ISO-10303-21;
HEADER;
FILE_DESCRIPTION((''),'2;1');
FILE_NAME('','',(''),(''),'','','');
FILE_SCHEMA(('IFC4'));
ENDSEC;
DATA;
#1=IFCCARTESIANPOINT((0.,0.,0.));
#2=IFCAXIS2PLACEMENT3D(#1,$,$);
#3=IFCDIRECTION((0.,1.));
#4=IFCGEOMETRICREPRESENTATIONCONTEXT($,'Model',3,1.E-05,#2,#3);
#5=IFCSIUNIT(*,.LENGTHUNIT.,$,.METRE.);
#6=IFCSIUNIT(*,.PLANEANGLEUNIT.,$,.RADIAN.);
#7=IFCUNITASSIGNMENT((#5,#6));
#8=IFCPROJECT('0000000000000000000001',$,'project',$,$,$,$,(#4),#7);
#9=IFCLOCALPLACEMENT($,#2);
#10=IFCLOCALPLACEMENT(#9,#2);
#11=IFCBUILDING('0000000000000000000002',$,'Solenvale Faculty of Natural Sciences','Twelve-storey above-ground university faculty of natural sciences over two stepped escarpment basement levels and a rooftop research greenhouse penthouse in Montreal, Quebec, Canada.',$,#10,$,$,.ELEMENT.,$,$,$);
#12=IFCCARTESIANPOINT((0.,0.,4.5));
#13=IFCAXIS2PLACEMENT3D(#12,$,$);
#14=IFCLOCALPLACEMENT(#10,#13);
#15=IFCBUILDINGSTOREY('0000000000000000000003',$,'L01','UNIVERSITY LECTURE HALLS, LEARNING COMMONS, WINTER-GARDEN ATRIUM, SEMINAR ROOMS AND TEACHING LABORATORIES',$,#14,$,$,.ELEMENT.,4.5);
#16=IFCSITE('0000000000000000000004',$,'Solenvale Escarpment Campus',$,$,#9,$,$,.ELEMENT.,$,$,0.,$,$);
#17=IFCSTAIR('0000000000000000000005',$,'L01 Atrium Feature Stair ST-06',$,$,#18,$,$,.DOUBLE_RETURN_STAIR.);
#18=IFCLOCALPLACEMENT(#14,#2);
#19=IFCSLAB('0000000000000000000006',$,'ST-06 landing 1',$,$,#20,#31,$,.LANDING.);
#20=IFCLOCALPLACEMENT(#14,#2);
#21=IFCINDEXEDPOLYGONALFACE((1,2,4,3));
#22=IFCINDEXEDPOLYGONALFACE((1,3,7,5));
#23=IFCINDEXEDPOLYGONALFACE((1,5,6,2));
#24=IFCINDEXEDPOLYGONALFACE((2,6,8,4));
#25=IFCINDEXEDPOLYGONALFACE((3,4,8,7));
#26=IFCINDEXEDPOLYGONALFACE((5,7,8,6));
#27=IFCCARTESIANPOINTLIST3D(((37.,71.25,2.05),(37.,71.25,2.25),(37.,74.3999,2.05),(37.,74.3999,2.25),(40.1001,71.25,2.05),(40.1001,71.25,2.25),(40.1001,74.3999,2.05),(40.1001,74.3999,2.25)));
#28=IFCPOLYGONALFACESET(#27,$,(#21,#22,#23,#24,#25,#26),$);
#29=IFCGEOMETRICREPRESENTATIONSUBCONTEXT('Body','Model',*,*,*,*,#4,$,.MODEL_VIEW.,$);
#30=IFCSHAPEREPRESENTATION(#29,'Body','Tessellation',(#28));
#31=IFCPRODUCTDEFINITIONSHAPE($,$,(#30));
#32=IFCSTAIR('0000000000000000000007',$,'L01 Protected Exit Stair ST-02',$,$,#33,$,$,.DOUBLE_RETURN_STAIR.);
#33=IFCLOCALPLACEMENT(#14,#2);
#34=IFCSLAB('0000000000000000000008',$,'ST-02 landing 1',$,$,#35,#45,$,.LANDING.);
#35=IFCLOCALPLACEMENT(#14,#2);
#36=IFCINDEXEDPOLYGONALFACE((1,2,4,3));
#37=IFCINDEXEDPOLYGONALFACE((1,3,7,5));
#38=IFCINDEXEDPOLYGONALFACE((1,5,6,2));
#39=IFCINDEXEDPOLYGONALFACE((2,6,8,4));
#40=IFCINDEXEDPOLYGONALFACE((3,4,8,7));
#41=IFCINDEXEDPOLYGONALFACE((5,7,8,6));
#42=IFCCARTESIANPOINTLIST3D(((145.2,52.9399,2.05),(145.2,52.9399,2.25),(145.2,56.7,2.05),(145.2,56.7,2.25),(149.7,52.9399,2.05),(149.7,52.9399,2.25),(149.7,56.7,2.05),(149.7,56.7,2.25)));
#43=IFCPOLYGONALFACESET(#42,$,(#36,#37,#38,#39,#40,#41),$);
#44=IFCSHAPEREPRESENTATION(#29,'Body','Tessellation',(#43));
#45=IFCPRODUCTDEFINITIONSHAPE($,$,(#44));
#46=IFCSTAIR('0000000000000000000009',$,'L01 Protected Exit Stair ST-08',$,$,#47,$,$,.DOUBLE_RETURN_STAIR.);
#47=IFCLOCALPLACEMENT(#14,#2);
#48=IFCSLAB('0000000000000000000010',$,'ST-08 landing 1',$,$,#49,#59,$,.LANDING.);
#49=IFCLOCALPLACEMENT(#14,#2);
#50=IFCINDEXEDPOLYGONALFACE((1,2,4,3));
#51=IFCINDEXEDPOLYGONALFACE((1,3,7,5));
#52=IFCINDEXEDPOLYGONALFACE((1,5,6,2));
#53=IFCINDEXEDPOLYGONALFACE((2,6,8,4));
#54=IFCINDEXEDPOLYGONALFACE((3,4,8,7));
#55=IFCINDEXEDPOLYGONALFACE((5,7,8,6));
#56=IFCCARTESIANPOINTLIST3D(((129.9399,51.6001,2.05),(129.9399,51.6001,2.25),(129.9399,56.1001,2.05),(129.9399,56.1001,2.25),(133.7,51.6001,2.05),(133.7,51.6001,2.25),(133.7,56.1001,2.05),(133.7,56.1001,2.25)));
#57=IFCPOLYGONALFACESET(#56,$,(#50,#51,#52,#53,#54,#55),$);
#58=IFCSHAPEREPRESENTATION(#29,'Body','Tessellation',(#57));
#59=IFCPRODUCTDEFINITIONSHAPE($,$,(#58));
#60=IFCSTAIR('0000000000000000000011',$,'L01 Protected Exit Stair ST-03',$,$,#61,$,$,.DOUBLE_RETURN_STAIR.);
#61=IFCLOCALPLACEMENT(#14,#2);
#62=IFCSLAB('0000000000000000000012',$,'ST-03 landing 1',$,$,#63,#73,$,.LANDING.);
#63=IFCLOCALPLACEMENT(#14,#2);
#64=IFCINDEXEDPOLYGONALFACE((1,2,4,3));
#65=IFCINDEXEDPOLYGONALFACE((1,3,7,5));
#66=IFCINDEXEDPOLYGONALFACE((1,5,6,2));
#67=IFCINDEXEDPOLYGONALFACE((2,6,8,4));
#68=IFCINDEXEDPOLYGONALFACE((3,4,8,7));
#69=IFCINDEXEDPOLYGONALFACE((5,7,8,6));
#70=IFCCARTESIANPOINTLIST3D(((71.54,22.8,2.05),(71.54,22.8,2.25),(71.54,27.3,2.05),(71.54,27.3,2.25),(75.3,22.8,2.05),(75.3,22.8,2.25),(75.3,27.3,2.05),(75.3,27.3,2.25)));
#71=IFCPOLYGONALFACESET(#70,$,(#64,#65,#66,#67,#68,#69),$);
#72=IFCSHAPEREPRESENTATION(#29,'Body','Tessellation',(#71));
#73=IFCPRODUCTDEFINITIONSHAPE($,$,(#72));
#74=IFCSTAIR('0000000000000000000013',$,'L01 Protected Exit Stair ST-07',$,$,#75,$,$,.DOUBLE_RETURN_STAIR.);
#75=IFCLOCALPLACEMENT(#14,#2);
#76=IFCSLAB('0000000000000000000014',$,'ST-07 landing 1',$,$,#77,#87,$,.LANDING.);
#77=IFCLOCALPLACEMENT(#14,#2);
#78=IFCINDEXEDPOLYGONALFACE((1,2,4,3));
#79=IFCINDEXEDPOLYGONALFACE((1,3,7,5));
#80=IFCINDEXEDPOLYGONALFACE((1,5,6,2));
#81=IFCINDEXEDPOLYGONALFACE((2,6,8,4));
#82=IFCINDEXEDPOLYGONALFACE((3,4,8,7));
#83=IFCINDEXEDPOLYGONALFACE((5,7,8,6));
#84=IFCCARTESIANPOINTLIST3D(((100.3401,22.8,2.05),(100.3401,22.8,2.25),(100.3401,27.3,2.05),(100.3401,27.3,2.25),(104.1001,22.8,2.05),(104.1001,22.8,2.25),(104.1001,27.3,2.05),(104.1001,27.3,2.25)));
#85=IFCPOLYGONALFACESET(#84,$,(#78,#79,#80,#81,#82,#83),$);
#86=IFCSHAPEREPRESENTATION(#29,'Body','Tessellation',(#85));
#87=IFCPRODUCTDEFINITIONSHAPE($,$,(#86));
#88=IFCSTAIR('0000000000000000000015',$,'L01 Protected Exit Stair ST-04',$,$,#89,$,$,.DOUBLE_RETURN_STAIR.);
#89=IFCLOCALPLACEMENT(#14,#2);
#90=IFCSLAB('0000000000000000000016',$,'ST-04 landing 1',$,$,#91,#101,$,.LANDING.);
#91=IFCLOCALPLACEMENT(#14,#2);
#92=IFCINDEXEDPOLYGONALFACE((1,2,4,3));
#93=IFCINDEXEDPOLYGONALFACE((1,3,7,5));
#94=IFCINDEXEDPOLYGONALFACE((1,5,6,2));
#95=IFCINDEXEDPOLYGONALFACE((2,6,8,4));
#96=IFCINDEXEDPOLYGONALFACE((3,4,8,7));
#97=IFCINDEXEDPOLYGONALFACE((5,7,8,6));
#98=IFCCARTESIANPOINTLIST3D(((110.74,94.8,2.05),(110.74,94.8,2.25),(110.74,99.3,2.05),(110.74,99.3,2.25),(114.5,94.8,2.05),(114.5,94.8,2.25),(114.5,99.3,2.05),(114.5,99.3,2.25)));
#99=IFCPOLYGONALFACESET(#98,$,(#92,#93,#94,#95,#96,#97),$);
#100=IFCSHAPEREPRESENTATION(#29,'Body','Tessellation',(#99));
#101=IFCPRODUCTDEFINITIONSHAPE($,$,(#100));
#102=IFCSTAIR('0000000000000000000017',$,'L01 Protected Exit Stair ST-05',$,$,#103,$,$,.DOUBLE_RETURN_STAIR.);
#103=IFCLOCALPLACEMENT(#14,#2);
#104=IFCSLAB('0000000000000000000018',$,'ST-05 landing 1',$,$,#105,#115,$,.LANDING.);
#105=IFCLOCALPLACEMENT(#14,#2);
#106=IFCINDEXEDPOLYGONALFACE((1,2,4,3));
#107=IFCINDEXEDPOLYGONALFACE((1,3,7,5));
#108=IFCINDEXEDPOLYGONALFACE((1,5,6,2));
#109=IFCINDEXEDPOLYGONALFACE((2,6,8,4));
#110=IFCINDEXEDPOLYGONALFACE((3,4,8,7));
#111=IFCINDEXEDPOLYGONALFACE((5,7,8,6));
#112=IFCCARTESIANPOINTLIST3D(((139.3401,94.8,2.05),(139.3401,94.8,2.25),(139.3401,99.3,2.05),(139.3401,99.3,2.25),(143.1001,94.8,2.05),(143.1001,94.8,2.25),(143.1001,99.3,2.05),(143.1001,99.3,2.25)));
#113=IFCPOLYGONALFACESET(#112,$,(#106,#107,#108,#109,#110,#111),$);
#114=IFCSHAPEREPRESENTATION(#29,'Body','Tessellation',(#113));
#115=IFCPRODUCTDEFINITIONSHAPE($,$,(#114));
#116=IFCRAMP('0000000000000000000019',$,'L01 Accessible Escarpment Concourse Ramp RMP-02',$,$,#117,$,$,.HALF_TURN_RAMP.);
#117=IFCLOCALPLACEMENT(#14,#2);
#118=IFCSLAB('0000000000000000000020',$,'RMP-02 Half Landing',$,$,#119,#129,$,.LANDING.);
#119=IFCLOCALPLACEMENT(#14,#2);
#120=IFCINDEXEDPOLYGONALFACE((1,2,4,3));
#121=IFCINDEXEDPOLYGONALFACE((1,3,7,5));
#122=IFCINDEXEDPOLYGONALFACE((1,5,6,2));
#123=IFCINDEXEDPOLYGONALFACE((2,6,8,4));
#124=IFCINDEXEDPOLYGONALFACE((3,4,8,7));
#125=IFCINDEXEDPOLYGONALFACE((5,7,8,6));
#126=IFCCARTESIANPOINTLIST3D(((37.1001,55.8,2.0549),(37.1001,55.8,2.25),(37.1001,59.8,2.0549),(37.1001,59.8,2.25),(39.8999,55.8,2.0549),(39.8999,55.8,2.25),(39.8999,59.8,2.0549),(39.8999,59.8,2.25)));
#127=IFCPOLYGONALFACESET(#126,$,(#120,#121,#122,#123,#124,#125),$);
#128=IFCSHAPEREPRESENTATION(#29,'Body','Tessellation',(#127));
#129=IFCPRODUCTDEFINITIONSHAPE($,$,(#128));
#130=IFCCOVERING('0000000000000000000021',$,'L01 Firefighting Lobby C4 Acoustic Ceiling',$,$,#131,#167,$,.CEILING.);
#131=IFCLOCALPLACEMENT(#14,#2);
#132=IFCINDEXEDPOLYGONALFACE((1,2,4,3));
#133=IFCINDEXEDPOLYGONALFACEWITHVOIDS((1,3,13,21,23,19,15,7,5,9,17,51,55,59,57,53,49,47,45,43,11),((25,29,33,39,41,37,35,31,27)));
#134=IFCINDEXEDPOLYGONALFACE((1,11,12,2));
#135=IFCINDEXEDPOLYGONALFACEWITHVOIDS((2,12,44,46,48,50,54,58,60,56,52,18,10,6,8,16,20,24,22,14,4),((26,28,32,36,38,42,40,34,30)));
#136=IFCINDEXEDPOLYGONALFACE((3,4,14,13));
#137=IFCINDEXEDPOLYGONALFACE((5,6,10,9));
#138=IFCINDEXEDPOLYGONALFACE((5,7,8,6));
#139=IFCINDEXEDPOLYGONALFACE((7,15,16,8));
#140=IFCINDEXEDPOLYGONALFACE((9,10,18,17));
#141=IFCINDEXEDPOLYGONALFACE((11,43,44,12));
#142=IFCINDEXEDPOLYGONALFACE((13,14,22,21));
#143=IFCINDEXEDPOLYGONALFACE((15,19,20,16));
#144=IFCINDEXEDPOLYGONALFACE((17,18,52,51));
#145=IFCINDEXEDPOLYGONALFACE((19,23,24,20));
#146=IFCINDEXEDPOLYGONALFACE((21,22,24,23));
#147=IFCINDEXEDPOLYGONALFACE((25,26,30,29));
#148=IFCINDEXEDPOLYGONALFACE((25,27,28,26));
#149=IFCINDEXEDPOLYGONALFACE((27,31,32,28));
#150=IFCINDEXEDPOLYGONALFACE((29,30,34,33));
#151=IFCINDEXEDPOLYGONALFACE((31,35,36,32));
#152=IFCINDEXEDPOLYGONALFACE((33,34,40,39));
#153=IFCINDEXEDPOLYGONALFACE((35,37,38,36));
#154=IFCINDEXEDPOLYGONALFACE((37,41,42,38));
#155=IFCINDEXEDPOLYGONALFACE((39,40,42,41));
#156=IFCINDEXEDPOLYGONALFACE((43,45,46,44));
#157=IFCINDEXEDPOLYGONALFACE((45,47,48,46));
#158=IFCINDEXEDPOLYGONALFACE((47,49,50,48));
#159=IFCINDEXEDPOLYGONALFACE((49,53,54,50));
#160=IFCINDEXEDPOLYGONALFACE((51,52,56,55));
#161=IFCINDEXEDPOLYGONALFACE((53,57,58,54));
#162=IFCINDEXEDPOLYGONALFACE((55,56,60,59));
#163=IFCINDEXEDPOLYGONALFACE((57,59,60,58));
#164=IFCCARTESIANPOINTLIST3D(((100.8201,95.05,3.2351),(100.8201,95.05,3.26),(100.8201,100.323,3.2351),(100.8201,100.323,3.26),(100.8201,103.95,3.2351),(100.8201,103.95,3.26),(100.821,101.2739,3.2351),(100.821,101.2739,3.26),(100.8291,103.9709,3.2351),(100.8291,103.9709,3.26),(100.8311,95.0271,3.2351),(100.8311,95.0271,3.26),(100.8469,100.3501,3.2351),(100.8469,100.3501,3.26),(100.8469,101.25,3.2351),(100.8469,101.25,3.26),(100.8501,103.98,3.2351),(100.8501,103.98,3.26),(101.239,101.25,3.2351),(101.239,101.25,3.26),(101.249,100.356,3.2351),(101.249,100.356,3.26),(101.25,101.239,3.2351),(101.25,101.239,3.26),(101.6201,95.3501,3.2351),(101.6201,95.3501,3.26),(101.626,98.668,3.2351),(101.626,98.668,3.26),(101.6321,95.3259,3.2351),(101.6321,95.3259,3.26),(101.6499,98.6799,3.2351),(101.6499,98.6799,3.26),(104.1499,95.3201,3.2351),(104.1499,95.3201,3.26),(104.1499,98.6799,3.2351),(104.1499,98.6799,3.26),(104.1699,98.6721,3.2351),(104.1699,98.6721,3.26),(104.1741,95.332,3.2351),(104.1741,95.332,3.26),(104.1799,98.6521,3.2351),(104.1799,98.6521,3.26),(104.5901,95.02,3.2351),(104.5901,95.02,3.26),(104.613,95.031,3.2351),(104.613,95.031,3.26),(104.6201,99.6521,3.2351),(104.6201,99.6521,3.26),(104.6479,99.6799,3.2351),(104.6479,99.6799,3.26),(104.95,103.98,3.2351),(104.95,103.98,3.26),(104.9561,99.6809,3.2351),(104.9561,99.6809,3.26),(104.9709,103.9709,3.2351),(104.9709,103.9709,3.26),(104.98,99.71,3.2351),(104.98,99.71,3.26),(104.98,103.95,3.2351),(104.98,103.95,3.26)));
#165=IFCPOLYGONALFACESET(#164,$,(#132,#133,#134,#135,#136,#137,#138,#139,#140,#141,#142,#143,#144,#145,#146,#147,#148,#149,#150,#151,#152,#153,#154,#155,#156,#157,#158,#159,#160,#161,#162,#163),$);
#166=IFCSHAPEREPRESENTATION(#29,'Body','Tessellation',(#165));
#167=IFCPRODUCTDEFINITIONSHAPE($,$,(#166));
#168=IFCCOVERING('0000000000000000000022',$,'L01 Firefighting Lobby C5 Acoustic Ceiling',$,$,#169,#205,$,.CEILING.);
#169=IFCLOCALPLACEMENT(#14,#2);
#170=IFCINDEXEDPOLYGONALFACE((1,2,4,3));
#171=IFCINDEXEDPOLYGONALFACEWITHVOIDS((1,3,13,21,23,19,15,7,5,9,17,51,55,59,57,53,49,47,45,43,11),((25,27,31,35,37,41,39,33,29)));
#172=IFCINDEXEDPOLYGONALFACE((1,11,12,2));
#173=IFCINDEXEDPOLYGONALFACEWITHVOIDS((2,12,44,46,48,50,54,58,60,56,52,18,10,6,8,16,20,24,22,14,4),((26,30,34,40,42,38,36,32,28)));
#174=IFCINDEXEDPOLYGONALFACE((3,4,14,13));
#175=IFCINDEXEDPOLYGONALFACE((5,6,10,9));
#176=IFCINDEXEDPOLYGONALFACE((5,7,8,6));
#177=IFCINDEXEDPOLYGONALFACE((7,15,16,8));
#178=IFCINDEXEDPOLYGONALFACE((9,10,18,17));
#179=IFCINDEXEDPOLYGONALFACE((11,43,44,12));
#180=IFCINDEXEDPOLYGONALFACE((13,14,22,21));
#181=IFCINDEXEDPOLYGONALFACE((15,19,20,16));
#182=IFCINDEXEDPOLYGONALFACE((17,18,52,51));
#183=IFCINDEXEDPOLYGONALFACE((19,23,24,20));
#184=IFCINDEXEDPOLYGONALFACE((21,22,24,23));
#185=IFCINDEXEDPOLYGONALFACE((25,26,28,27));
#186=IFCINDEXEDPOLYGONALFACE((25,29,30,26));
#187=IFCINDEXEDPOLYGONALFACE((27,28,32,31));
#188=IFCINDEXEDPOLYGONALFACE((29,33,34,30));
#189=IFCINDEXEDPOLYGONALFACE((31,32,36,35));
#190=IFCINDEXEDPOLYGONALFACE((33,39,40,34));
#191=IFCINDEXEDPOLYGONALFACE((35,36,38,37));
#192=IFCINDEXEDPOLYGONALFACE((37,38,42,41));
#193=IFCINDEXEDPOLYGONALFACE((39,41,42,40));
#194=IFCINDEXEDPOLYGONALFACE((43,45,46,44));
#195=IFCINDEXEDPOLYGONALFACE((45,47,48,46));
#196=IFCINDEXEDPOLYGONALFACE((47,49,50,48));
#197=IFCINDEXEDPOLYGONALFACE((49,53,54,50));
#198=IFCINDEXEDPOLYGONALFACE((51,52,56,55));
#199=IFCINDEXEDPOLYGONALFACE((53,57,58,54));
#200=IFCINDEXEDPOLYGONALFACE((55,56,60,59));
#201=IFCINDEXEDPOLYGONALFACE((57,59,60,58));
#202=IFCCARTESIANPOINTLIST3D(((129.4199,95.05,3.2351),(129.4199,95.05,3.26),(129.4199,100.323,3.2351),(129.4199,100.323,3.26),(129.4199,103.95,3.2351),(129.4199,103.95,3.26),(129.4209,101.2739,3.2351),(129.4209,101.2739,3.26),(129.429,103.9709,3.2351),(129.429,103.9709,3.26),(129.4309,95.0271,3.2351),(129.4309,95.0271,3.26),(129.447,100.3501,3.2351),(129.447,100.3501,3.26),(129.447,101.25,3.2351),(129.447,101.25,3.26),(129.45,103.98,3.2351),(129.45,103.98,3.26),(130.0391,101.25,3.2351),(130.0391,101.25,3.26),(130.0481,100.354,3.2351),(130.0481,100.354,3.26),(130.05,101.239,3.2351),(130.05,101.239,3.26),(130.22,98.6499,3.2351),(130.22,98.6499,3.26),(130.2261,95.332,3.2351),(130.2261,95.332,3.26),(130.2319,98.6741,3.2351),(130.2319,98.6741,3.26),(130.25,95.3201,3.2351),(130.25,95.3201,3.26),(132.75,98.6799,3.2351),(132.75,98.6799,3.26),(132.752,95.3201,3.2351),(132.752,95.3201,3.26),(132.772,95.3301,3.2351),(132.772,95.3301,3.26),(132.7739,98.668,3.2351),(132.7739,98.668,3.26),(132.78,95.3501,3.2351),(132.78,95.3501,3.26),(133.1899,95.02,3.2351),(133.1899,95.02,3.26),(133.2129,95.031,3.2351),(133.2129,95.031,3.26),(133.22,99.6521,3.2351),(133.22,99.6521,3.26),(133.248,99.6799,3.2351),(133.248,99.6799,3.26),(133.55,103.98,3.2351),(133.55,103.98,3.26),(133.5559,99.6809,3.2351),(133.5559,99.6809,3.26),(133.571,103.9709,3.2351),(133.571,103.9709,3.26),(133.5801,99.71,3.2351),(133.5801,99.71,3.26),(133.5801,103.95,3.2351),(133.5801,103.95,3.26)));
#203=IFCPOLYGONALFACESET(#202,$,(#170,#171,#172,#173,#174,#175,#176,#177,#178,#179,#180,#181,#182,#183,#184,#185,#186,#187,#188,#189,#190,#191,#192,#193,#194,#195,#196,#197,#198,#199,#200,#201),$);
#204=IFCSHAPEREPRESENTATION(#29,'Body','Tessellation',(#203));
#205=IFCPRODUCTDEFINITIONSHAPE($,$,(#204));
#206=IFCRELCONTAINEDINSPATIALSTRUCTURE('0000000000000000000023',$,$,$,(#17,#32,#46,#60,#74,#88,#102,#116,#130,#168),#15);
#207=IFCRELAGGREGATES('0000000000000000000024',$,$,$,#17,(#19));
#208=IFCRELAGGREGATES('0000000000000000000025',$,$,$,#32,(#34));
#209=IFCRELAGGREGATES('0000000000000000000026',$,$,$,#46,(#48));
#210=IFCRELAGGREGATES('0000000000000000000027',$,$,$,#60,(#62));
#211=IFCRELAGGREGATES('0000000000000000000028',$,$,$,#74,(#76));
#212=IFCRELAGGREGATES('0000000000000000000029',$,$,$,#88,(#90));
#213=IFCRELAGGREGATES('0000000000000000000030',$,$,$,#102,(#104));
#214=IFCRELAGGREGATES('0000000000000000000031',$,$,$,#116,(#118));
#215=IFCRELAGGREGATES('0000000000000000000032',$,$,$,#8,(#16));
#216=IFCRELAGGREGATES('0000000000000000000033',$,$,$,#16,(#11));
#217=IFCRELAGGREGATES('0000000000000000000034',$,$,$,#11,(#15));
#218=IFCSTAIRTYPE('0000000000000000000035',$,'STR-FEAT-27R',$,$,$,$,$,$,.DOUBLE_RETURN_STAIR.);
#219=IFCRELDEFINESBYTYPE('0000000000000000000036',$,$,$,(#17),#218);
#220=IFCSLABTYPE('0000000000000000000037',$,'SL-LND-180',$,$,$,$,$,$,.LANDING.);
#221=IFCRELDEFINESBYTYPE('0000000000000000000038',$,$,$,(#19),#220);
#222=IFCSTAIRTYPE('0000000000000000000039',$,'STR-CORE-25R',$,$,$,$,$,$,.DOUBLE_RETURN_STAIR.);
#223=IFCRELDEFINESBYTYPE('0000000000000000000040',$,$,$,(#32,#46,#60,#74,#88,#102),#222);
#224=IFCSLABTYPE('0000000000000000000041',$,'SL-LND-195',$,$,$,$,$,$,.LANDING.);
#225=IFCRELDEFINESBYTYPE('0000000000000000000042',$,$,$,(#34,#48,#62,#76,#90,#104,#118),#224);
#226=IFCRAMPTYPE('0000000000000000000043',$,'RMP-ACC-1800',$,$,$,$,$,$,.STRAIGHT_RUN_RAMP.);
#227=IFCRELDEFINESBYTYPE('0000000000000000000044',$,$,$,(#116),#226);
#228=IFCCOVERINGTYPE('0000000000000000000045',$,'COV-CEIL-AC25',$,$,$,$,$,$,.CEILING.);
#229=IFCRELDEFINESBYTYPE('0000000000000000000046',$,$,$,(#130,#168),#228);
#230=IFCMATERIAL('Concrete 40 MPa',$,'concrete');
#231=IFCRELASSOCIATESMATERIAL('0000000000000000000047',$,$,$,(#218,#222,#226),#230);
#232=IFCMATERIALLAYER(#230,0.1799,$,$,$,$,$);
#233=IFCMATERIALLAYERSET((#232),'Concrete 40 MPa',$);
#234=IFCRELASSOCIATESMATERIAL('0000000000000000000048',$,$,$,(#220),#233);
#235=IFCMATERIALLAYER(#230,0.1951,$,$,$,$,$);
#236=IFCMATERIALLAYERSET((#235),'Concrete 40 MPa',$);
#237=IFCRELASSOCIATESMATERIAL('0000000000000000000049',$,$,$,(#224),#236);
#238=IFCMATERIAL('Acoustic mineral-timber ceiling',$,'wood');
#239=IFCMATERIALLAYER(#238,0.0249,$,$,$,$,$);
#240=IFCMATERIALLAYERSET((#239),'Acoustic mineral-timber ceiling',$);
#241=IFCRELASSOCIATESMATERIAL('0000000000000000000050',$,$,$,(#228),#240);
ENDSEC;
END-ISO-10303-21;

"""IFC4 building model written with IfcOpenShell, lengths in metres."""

from ifc_helpers import new_model, si_unit, direction, frame, origin, place, context, subcontext, project, spatial, polyline, outline, extrude, material, layer, layer_set, type_object, element, aggregate, save


model = new_model("IFC4")

# Units and contexts
model_context = context("Model", 3, precision=1e-05, world=origin(), true_north=direction((0.0, 1.0)))
body_context = subcontext(model_context, "Body", "Model", "MODEL_VIEW")
ifc_project = project(units=[si_unit("LENGTHUNIT", "METRE"), si_unit("PLANEANGLEUNIT", "RADIAN")], contexts=[model_context])

# Site, building, storey
site_placement = place(None, origin())
site = spatial("IfcSite", under=ifc_project, at=site_placement, Name="Solenvale Escarpment Campus", CompositionType="ELEMENT", RefElevation=0.0)
building_placement = place(site_placement, origin())
building = spatial("IfcBuilding", under=site, at=building_placement, Name="Solenvale Faculty of Natural Sciences", Description="Twelve-storey above-ground university faculty of natural sciences over two stepped escarpment basement levels and a rooftop research greenhouse penthouse in Montreal, Quebec, Canada.", CompositionType="ELEMENT")
storey_placement = place(building_placement, frame((0.0, 0.0, 4.5)))
storey = spatial("IfcBuildingStorey", under=building, at=storey_placement, Name="L01", Description="UNIVERSITY LECTURE HALLS, LEARNING COMMONS, WINTER-GARDEN ATRIUM, SEMINAR ROOMS AND TEACHING LABORATORIES", CompositionType="ELEMENT", Elevation=4.5)

# Stairs, slabs
ifc_material_1 = material(Name="Concrete 40 MPa", Category="concrete")
stair_type_1 = type_object("IfcStairType", Name="STR-FEAT-27R", PredefinedType="DOUBLE_RETURN_STAIR", material=ifc_material_1)
stair_1_placement = place(storey_placement, origin())
stair_1 = element("IfcStair", 1, at=stair_1_placement, inside=storey, type_object=stair_type_1, Name="L01 Atrium Feature Stair ST-06", PredefinedType="DOUBLE_RETURN_STAIR")
ifc_layer_1 = layer(ifc_material_1, 0.1799)
ifc_layer_set_1 = layer_set([ifc_layer_1], Name="Concrete 40 MPa")
slab_type_1 = type_object("IfcSlabType", Name="SL-LND-180", PredefinedType="LANDING", material=ifc_layer_set_1)
slab_1_placement = place(storey_placement, frame((0.0, 0.0, 2.05)))
slab_1 = element("IfcSlab", 2, at=slab_1_placement, type_object=slab_type_1, Name="ST-06 landing 1", PredefinedType="LANDING", context=body_context, shape_type="SweptSolid", body=[
    extrude(outline(polyline([(40.1001, 71.25), (40.1001, 74.3999), (37.0, 74.3999), (37.0, 71.25), (40.1001, 71.25)])), origin(), (0.0, 0.0, 1.0), 0.2),
])
aggregate(stair_1, [slab_1])
stair_type_2 = type_object("IfcStairType", Name="STR-CORE-25R", PredefinedType="DOUBLE_RETURN_STAIR", material=ifc_material_1)
stair_2_placement = place(storey_placement, origin())
stair_2 = element("IfcStair", 3, at=stair_2_placement, inside=storey, type_object=stair_type_2, Name="L01 Protected Exit Stair ST-02", PredefinedType="DOUBLE_RETURN_STAIR")
ifc_layer_2 = layer(ifc_material_1, 0.1951)
ifc_layer_set_2 = layer_set([ifc_layer_2], Name="Concrete 40 MPa")
slab_type_2 = type_object("IfcSlabType", Name="SL-LND-195", PredefinedType="LANDING", material=ifc_layer_set_2)
slab_2_placement = place(storey_placement, frame((0.0, 0.0, 2.05)))
slab_2 = element("IfcSlab", 4, at=slab_2_placement, type_object=slab_type_2, Name="ST-02 landing 1", PredefinedType="LANDING", context=body_context, shape_type="SweptSolid", body=[
    extrude(outline(polyline([(149.7, 52.9399), (149.7, 56.7), (145.2, 56.7), (145.2, 52.9399), (149.7, 52.9399)])), origin(), (0.0, 0.0, 1.0), 0.2),
])
aggregate(stair_2, [slab_2])
stair_3_placement = place(storey_placement, origin())
stair_3 = element("IfcStair", 5, at=stair_3_placement, inside=storey, type_object=stair_type_2, Name="L01 Protected Exit Stair ST-08", PredefinedType="DOUBLE_RETURN_STAIR")
slab_3_placement = place(storey_placement, frame((0.0, 0.0, 2.05)))
slab_3 = element("IfcSlab", 6, at=slab_3_placement, type_object=slab_type_2, Name="ST-08 landing 1", PredefinedType="LANDING", context=body_context, shape_type="SweptSolid", body=[
    extrude(outline(polyline([(129.9399, 51.6001), (133.7, 51.6001), (133.7, 56.1001), (129.9399, 56.1001), (129.9399, 51.6001)])), origin(), (0.0, 0.0, 1.0), 0.2),
])
aggregate(stair_3, [slab_3])
stair_4_placement = place(storey_placement, origin())
stair_4 = element("IfcStair", 7, at=stair_4_placement, inside=storey, type_object=stair_type_2, Name="L01 Protected Exit Stair ST-03", PredefinedType="DOUBLE_RETURN_STAIR")
slab_4_placement = place(storey_placement, frame((0.0, 0.0, 2.05)))
slab_4 = element("IfcSlab", 8, at=slab_4_placement, type_object=slab_type_2, Name="ST-03 landing 1", PredefinedType="LANDING", context=body_context, shape_type="SweptSolid", body=[
    extrude(outline(polyline([(71.54, 22.8), (75.3, 22.8), (75.3, 27.3), (71.54, 27.3), (71.54, 22.8)])), origin(), (0.0, 0.0, 1.0), 0.2),
])
aggregate(stair_4, [slab_4])
stair_5_placement = place(storey_placement, origin())
stair_5 = element("IfcStair", 9, at=stair_5_placement, inside=storey, type_object=stair_type_2, Name="L01 Protected Exit Stair ST-07", PredefinedType="DOUBLE_RETURN_STAIR")
slab_5_placement = place(storey_placement, frame((0.0, 0.0, 2.05)))
slab_5 = element("IfcSlab", 10, at=slab_5_placement, type_object=slab_type_2, Name="ST-07 landing 1", PredefinedType="LANDING", context=body_context, shape_type="SweptSolid", body=[
    extrude(outline(polyline([(100.3401, 22.8), (104.1001, 22.8), (104.1001, 27.3), (100.3401, 27.3), (100.3401, 22.8)])), origin(), (0.0, 0.0, 1.0), 0.2),
])
aggregate(stair_5, [slab_5])
stair_6_placement = place(storey_placement, origin())
stair_6 = element("IfcStair", 11, at=stair_6_placement, inside=storey, type_object=stair_type_2, Name="L01 Protected Exit Stair ST-04", PredefinedType="DOUBLE_RETURN_STAIR")
slab_6_placement = place(storey_placement, frame((0.0, 0.0, 2.05)))
slab_6 = element("IfcSlab", 12, at=slab_6_placement, type_object=slab_type_2, Name="ST-04 landing 1", PredefinedType="LANDING", context=body_context, shape_type="SweptSolid", body=[
    extrude(outline(polyline([(110.74, 94.8), (114.5, 94.8), (114.5, 99.3), (110.74, 99.3), (110.74, 94.8)])), origin(), (0.0, 0.0, 1.0), 0.2),
])
aggregate(stair_6, [slab_6])
stair_7_placement = place(storey_placement, origin())
stair_7 = element("IfcStair", 13, at=stair_7_placement, inside=storey, type_object=stair_type_2, Name="L01 Protected Exit Stair ST-05", PredefinedType="DOUBLE_RETURN_STAIR")
slab_7_placement = place(storey_placement, frame((0.0, 0.0, 2.05)))
slab_7 = element("IfcSlab", 14, at=slab_7_placement, type_object=slab_type_2, Name="ST-05 landing 1", PredefinedType="LANDING", context=body_context, shape_type="SweptSolid", body=[
    extrude(outline(polyline([(139.3401, 94.8), (143.1001, 94.8), (143.1001, 99.3), (139.3401, 99.3), (139.3401, 94.8)])), origin(), (0.0, 0.0, 1.0), 0.2),
])
aggregate(stair_7, [slab_7])

# Ramp, slab
ramp_type = type_object("IfcRampType", Name="RMP-ACC-1800", PredefinedType="STRAIGHT_RUN_RAMP", material=ifc_material_1)
ramp_placement = place(storey_placement, origin())
ramp = element("IfcRamp", 15, at=ramp_placement, inside=storey, type_object=ramp_type, Name="L01 Accessible Escarpment Concourse Ramp RMP-02", PredefinedType="HALF_TURN_RAMP")
slab_8_placement = place(storey_placement, frame((0.0, 0.0, 2.0549)))
slab_8 = element("IfcSlab", 16, at=slab_8_placement, type_object=slab_type_2, Name="RMP-02 Half Landing", PredefinedType="LANDING", context=body_context, shape_type="SweptSolid", body=[
    extrude(outline(polyline([(37.1001, 55.8), (39.8999, 55.8), (39.8999, 59.8), (37.1001, 59.8), (37.1001, 55.8)])), origin(), (0.0, 0.0, 1.0), 0.1951),
])
aggregate(ramp, [slab_8])

# Coverings
ifc_material_2 = material(Name="Acoustic mineral-timber ceiling", Category="wood")
ifc_layer_3 = layer(ifc_material_2, 0.0249)
ifc_layer_set_3 = layer_set([ifc_layer_3], Name="Acoustic mineral-timber ceiling")
covering_type_1 = type_object("IfcCoveringType", Name="COV-CEIL-AC25", PredefinedType="CEILING", material=ifc_layer_set_3)
covering_1_placement = place(storey_placement, frame((0.0, 0.0, 3.2351)))
element("IfcCovering", 17, at=covering_1_placement, inside=storey, type_object=covering_type_1, Name="L01 Firefighting Lobby C4 Acoustic Ceiling", PredefinedType="CEILING", context=body_context, shape_type="SweptSolid", body=[
    extrude(outline(polyline([(104.98, 99.71), (104.9561, 99.6809), (104.6479, 99.6799), (104.6201, 99.6521), (104.613, 95.031), (104.5901, 95.02), (100.8311, 95.0271), (100.8201, 95.05), (100.8201, 100.323), (100.8469, 100.3501), (101.249, 100.356), (101.25, 101.239), (101.239, 101.25), (100.8469, 101.25), (100.821, 101.2739), (100.8201, 103.95), (100.8291, 103.9709), (100.8501, 103.98), (104.95, 103.98), (104.9709, 103.9709), (104.98, 103.95), (104.98, 99.71)]), holes=[polyline([(104.1799, 98.6521), (104.1699, 98.6721), (104.1499, 98.6799), (101.6499, 98.6799), (101.626, 98.668), (101.6201, 95.3501), (101.6321, 95.3259), (104.1499, 95.3201), (104.1741, 95.332), (104.1799, 98.6521)])]), origin(), (0.0, 0.0, 1.0), 0.0249),
])
covering_2_placement = place(storey_placement, frame((0.0, 0.0, 3.2351)))
element("IfcCovering", 18, at=covering_2_placement, inside=storey, type_object=covering_type_1, Name="L01 Firefighting Lobby C5 Acoustic Ceiling", PredefinedType="CEILING", context=body_context, shape_type="SweptSolid", body=[
    extrude(outline(polyline([(133.5801, 99.71), (133.5559, 99.6809), (133.248, 99.6799), (133.22, 99.6521), (133.2129, 95.031), (133.1899, 95.02), (129.4309, 95.0271), (129.4199, 95.05), (129.4199, 100.323), (129.447, 100.3501), (130.0481, 100.354), (130.05, 101.239), (130.0391, 101.25), (129.447, 101.25), (129.4209, 101.2739), (129.4199, 103.95), (129.429, 103.9709), (129.45, 103.98), (133.55, 103.98), (133.571, 103.9709), (133.5801, 103.95), (133.5801, 99.71)]), holes=[polyline([(132.752, 95.3201), (132.772, 95.3301), (132.78, 95.3501), (132.7739, 98.668), (132.75, 98.6799), (130.2319, 98.6741), (130.22, 98.6499), (130.2261, 95.332), (130.25, 95.3201), (132.752, 95.3201)])]), origin(), (0.0, 0.0, 1.0), 0.0249),
])

save(model, "model.ifc")
